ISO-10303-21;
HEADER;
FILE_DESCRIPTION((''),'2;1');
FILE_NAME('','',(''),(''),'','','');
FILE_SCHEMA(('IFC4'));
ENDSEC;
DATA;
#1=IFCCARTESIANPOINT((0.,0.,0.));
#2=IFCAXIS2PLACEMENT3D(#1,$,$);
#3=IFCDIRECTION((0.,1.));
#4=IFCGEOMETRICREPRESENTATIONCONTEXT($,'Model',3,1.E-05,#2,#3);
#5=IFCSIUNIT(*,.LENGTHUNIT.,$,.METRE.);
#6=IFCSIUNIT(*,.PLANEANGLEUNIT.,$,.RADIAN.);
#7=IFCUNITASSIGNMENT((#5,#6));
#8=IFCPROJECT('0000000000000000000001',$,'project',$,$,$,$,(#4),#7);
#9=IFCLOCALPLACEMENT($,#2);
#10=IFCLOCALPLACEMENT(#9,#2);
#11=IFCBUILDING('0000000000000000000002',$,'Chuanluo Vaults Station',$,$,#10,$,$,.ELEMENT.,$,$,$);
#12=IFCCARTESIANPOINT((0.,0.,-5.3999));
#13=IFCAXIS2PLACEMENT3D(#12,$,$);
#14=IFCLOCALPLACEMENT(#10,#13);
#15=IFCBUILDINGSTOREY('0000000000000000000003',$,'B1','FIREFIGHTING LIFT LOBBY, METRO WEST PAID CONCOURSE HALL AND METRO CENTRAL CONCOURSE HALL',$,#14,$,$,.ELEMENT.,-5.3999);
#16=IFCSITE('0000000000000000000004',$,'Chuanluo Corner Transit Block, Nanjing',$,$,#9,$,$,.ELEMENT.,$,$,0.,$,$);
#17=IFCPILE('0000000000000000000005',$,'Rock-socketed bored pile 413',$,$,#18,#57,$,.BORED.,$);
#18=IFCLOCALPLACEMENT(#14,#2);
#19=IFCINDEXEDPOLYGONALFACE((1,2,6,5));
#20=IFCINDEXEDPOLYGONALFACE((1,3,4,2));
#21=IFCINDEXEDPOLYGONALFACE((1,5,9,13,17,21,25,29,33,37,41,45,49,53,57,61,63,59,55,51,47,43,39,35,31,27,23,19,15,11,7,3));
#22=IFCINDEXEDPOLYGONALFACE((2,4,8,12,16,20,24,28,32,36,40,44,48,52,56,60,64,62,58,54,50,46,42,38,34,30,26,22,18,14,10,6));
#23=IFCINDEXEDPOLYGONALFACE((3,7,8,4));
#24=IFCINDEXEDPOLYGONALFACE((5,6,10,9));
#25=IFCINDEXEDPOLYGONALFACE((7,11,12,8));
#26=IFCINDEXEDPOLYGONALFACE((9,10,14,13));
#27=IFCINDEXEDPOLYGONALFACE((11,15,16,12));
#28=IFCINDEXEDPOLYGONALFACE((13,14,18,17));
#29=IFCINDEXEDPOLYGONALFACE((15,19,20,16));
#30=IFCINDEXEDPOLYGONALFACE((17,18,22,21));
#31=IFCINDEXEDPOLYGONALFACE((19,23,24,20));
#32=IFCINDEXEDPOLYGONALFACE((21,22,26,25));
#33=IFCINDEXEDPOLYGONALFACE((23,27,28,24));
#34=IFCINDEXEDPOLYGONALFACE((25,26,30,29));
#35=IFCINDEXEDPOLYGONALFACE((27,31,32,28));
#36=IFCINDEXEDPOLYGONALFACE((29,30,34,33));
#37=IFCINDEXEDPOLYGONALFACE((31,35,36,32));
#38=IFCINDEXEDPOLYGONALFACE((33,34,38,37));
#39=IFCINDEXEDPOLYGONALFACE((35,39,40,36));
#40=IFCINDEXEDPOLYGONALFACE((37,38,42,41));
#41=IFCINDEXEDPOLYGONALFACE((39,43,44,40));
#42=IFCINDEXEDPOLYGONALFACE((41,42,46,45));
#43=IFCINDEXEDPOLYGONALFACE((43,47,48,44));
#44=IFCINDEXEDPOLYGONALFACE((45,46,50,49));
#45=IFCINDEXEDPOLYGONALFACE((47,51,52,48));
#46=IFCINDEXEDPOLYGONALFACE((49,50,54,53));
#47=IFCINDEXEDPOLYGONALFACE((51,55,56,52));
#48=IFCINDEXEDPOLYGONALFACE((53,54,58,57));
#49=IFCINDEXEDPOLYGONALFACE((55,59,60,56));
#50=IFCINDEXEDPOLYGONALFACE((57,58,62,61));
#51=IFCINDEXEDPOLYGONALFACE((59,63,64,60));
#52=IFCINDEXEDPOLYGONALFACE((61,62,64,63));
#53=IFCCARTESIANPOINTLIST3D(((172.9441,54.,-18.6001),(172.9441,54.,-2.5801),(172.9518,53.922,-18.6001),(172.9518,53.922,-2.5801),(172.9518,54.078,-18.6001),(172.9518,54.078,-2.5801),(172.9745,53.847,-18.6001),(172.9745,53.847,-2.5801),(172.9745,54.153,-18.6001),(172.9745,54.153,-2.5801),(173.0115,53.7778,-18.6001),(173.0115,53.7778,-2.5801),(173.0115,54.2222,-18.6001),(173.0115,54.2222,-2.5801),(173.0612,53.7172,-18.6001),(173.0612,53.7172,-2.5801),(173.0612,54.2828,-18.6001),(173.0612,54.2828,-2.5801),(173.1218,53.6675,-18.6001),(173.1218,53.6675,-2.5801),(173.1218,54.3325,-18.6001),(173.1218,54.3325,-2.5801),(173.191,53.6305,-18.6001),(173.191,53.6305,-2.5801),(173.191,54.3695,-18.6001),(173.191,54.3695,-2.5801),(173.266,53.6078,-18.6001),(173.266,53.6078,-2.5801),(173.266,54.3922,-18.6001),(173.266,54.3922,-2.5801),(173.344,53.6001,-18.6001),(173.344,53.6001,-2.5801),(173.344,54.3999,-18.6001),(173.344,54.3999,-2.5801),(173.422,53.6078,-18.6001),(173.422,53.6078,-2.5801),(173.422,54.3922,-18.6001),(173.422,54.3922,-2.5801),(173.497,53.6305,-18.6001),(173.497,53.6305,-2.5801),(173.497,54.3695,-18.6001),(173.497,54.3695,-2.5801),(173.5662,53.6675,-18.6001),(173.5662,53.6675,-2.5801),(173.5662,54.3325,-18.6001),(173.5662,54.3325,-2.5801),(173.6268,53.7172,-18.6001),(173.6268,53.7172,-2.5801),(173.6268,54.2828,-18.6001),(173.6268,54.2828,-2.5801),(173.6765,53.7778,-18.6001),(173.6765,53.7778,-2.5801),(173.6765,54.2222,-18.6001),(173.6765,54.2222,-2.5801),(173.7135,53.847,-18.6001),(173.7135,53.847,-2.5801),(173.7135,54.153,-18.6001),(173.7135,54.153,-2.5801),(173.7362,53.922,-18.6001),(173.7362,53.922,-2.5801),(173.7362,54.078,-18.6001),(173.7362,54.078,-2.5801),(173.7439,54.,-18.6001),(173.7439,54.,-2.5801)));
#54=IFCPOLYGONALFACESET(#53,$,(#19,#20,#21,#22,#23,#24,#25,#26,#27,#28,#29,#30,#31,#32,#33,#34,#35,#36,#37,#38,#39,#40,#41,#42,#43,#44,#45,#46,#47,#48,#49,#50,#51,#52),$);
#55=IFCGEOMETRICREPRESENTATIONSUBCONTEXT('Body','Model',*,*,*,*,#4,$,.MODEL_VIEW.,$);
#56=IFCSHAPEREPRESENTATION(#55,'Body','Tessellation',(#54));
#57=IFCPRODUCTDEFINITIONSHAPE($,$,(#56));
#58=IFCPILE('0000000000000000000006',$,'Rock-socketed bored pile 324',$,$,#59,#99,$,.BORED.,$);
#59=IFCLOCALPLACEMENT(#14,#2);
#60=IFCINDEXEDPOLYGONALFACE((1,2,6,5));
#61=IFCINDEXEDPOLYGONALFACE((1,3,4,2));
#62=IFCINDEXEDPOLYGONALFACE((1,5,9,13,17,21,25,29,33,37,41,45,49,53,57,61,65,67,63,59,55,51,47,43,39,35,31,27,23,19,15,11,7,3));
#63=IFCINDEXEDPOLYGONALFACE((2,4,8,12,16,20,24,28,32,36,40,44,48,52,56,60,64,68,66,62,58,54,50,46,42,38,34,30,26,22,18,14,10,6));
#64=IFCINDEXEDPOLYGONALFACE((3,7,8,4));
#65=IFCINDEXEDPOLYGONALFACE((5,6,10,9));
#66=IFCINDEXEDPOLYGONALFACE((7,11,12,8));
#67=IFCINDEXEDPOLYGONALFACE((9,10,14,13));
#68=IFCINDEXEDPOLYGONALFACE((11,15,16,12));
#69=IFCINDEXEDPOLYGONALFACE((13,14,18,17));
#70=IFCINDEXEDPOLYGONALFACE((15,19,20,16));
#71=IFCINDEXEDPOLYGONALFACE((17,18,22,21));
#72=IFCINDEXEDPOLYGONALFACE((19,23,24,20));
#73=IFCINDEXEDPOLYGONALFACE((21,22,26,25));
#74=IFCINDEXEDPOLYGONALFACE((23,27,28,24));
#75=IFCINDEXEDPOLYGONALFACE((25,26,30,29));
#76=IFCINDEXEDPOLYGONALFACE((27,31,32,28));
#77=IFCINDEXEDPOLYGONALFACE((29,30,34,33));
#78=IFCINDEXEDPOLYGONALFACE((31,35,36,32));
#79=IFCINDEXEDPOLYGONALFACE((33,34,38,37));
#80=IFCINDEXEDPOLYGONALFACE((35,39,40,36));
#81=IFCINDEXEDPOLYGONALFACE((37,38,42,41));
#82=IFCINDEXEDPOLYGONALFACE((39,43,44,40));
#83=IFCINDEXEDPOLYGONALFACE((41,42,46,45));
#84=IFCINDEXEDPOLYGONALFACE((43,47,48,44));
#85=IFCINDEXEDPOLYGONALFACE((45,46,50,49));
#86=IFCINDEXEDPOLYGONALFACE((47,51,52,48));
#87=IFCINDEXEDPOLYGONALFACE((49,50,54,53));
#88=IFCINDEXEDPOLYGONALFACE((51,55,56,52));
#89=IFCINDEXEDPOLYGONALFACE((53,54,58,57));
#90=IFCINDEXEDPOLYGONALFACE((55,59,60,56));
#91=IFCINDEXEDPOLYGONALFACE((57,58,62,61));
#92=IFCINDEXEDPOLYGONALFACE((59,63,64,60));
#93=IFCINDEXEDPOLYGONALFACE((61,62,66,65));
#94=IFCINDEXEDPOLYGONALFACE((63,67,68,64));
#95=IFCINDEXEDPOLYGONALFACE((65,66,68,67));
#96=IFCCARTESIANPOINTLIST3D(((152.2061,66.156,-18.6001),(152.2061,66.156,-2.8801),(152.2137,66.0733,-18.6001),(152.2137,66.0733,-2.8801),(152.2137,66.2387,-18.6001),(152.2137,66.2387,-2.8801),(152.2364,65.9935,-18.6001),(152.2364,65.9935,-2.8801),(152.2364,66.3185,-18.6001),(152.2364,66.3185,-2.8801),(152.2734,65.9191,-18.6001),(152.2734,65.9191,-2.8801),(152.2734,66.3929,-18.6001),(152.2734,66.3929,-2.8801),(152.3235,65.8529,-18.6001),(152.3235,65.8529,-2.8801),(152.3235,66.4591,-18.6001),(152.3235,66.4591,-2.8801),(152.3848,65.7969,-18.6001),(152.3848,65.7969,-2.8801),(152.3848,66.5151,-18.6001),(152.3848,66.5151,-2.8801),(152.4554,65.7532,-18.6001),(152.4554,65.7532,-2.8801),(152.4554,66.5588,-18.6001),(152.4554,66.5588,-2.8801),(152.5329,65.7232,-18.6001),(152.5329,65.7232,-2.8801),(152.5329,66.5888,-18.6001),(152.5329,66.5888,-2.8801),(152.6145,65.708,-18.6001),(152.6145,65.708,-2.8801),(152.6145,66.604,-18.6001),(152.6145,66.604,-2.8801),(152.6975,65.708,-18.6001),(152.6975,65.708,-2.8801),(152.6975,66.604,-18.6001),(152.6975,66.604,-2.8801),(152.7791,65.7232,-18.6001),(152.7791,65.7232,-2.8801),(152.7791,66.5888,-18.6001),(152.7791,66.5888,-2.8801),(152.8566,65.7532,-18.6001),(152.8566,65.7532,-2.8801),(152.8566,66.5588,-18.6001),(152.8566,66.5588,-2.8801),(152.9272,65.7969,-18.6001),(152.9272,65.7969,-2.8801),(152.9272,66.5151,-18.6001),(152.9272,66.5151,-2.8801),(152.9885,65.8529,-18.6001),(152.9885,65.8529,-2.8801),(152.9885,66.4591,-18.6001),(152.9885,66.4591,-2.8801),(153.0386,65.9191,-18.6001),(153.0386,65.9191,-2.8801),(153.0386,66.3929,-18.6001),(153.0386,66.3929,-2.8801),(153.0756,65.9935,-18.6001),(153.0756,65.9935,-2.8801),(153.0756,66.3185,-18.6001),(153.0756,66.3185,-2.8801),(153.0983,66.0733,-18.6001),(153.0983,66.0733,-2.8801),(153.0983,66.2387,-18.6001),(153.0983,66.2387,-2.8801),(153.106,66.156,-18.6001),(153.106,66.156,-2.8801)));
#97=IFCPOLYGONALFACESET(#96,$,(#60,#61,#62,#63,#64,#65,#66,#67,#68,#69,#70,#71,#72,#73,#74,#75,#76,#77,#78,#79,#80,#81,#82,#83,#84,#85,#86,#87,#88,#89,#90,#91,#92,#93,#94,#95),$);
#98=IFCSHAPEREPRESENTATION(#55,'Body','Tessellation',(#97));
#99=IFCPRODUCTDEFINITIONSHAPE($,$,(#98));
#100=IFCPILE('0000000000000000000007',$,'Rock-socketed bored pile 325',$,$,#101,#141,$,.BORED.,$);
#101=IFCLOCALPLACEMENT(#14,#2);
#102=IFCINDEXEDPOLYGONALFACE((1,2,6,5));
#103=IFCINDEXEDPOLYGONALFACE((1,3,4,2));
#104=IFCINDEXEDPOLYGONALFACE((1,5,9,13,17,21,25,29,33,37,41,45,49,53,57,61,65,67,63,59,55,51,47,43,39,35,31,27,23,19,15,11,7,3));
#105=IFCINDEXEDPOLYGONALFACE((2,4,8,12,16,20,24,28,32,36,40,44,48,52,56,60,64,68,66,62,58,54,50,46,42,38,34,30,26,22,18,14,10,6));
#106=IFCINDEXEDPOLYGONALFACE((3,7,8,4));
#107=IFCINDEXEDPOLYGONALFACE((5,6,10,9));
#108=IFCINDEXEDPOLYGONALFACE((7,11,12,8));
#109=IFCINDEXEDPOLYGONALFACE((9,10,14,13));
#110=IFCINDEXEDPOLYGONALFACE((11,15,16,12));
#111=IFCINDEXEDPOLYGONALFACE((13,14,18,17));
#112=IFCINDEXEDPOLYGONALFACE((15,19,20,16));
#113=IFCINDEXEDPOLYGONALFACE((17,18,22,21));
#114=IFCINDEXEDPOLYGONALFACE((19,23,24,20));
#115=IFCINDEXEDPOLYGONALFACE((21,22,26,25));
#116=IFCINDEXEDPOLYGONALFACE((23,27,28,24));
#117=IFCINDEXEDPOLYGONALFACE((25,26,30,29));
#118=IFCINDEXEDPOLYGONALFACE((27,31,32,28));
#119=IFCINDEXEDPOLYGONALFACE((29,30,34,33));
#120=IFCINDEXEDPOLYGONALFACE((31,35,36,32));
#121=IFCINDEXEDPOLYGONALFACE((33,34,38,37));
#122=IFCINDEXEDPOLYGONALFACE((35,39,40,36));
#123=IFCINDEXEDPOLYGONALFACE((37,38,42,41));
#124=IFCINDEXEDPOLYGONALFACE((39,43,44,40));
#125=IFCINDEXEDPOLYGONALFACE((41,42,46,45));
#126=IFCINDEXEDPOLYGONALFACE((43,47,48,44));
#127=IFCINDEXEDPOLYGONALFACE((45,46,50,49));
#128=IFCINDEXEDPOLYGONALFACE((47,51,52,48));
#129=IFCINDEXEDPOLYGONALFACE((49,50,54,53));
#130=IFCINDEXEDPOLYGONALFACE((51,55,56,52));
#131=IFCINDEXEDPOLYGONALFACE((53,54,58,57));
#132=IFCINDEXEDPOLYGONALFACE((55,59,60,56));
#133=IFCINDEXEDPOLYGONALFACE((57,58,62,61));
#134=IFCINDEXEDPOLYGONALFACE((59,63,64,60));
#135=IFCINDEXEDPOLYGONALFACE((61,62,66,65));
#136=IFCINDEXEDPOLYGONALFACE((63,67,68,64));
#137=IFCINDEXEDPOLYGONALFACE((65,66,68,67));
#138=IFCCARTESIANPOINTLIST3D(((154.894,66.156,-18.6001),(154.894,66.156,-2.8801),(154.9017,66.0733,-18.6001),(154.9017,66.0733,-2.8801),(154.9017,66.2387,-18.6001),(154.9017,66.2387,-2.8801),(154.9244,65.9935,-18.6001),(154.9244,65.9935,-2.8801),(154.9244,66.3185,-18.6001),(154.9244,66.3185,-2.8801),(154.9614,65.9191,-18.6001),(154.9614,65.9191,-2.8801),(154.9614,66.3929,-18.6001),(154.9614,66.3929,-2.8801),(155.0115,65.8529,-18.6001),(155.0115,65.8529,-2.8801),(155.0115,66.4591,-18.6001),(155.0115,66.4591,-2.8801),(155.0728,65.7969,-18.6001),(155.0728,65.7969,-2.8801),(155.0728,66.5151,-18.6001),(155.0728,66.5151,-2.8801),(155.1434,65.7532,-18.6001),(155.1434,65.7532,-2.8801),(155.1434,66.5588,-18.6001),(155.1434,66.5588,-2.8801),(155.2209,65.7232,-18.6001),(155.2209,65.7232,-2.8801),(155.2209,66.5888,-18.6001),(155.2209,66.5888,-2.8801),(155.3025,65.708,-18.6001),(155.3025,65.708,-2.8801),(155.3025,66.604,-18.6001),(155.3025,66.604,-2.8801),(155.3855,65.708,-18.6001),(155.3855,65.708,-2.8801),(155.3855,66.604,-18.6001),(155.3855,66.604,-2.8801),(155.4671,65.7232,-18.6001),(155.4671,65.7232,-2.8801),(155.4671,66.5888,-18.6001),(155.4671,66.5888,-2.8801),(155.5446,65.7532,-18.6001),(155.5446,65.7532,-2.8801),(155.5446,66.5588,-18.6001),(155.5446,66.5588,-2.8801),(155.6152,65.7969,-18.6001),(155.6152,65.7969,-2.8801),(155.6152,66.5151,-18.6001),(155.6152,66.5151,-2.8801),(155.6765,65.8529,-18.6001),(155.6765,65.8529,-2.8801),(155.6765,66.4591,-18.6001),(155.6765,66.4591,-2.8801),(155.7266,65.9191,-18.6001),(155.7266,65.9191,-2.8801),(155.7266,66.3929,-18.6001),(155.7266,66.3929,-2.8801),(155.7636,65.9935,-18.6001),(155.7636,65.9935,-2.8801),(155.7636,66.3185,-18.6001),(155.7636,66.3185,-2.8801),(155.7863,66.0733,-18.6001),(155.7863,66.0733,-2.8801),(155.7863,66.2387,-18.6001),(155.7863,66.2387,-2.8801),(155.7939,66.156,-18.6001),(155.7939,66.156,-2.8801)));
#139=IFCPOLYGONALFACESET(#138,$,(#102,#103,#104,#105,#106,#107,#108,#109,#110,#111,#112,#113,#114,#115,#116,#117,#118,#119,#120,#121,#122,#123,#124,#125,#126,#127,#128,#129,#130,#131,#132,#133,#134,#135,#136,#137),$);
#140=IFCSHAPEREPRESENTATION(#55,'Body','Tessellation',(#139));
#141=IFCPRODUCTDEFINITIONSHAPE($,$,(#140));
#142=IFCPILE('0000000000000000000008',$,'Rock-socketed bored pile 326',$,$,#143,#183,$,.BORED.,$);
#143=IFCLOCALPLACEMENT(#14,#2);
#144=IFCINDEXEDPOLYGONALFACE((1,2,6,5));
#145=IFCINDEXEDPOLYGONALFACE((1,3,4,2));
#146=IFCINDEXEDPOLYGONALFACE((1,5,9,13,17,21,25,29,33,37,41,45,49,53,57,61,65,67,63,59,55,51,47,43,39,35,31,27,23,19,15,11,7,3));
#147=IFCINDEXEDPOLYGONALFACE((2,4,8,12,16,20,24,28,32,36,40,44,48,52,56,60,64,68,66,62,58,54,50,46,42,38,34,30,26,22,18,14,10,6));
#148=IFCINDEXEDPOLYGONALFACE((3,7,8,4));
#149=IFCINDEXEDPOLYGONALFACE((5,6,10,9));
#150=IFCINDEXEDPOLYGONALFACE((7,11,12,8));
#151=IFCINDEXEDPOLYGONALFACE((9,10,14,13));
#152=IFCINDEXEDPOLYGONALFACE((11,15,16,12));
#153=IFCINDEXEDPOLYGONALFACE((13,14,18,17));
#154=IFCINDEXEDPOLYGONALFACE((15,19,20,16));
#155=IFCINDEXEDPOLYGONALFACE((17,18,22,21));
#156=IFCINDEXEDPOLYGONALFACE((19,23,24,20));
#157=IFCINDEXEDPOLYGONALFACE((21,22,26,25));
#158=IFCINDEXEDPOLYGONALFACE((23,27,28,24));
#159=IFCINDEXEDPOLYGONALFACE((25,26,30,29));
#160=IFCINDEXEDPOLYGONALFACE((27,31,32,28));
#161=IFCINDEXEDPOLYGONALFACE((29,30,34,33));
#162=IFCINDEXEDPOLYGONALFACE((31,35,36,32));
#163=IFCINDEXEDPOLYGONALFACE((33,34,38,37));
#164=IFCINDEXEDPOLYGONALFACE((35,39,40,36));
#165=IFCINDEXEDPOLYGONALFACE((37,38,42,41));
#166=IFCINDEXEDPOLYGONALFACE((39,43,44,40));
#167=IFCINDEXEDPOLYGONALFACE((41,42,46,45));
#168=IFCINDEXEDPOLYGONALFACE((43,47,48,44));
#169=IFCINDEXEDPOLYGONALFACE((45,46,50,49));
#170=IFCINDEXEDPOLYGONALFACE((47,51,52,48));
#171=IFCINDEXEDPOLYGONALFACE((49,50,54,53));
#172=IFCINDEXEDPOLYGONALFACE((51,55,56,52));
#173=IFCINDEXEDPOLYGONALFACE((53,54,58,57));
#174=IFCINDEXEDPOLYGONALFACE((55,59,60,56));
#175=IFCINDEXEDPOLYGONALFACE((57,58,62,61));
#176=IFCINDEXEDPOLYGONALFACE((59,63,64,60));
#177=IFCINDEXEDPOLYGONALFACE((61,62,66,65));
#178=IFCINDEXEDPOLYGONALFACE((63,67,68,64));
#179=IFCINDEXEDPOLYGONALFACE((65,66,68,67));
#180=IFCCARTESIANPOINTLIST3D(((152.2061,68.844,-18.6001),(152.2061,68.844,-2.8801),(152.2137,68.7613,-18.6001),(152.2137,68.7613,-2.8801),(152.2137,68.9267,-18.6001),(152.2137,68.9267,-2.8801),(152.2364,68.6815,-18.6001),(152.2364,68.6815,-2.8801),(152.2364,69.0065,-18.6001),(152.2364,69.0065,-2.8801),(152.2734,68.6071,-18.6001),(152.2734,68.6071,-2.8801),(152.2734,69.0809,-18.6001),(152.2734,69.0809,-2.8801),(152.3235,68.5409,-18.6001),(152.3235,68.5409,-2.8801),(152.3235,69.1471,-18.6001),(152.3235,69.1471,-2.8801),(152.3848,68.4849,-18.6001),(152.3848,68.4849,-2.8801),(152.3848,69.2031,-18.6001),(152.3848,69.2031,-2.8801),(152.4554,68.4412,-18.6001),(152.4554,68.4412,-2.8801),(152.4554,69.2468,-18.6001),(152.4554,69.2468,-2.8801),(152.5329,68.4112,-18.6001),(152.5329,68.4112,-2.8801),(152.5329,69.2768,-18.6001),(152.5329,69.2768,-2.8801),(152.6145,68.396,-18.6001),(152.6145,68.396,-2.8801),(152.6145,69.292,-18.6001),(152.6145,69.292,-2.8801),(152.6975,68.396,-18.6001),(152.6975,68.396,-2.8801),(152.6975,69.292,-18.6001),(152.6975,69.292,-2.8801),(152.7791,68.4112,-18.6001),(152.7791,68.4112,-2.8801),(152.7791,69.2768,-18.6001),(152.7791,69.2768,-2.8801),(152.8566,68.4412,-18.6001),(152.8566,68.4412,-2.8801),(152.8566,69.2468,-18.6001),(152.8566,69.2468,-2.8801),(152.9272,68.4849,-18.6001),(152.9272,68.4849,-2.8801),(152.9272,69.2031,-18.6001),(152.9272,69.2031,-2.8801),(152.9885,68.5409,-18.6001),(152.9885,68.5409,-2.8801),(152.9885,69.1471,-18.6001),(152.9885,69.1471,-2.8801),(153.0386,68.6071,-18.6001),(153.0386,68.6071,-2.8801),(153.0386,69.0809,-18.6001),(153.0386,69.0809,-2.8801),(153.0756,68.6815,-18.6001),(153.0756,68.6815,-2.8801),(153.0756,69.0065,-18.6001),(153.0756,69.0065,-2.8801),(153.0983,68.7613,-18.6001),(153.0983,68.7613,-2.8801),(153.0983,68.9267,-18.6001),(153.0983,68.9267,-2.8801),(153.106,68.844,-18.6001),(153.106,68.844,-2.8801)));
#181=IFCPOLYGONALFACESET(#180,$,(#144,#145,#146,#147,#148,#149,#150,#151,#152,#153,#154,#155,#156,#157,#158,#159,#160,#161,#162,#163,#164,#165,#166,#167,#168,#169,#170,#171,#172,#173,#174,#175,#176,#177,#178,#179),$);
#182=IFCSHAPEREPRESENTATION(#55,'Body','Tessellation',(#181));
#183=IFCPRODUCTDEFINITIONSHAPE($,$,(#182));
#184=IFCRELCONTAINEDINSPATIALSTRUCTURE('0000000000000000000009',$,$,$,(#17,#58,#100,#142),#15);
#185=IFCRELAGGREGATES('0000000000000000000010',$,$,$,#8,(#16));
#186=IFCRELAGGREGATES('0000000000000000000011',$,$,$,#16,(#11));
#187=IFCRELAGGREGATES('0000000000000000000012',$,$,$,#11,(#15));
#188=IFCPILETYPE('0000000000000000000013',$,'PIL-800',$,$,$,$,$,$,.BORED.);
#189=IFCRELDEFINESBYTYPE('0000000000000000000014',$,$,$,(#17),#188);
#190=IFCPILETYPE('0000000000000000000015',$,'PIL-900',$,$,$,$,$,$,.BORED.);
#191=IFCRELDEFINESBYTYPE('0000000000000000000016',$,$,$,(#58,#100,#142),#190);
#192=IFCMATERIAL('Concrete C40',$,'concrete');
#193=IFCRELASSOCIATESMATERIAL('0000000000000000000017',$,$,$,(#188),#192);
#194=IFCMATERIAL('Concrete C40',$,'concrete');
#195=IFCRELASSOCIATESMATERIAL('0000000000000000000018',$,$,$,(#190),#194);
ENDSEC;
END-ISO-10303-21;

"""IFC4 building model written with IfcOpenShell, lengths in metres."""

from ifc_helpers import new_model, si_unit, direction, frame, origin, origin_2d, place, context, subcontext, project, spatial, circle, extrude, material, material_profile, profile_set, type_object, element, save


model = new_model("IFC4")

# Units and contexts
model_context = context("Model", 3, precision=1e-05, world=origin(), true_north=direction((0.0, 1.0)))
body_context = subcontext(model_context, "Body", "Model", "MODEL_VIEW")
ifc_project = project(units=[si_unit("LENGTHUNIT", "METRE"), si_unit("PLANEANGLEUNIT", "RADIAN")], contexts=[model_context])

# Site, building, storey
site_placement = place(None, origin())
site = spatial("IfcSite", under=ifc_project, at=site_placement, Name="Chuanluo Corner Transit Block, Nanjing", CompositionType="ELEMENT", RefElevation=0.0)
building_placement = place(site_placement, origin())
building = spatial("IfcBuilding", under=site, at=building_placement, Name="Chuanluo Vaults Station", CompositionType="ELEMENT")
storey_placement = place(building_placement, frame((0.0, 0.0, -5.3999)))
storey = spatial("IfcBuildingStorey", under=building, at=storey_placement, Name="B1", Description="FIREFIGHTING LIFT LOBBY, METRO WEST PAID CONCOURSE HALL AND METRO CENTRAL CONCOURSE HALL", CompositionType="ELEMENT", Elevation=-5.3999)

# Piles
ifc_material_1 = material(Name="Concrete C40", Category="concrete")
ifc_material_profile_1 = material_profile(ifc_material_1, circle(Radius=0.3999, at=origin_2d()))
ifc_profile_set_1 = profile_set([ifc_material_profile_1], Name="Concrete C40")
pile_type_1 = type_object("IfcPileType", Name="PIL-800", PredefinedType="BORED", material=ifc_profile_set_1)
for number, where, z_axis, x_axis, name in (
    (1, (173.344, 54.0, -2.5801), (0.0, 0.0, -1.0), (1.0, 0.0, 0.0), "Rock-socketed bored pile 413"),
):
    element("IfcPile", number, at=place(storey_placement, frame(where, z_axis=z_axis, x_axis=x_axis)), inside=storey, type_object=pile_type_1, Name=name, PredefinedType="BORED", context=body_context, shape_type="SweptSolid", body=[
        extrude(circle(Radius=0.3999, at=origin_2d()), origin(), (0.0, 0.0, 1.0), 16.02),
    ])
ifc_material_2 = material(Name="Concrete C40", Category="concrete")
ifc_material_profile_2 = material_profile(ifc_material_2, circle(Radius=0.45, at=origin_2d()))
ifc_profile_set_2 = profile_set([ifc_material_profile_2], Name="Concrete C40")
pile_type_2 = type_object("IfcPileType", Name="PIL-900", PredefinedType="BORED", material=ifc_profile_set_2)
for number, where, z_axis, x_axis, name in (
    (2, (152.656, 66.156, -2.8801), (0.0, 0.0, -1.0), (1.0, 0.0, 0.0), "Rock-socketed bored pile 324"),
    (3, (155.344, 66.156, -2.8801), (0.0, 0.0, -1.0), (1.0, 0.0, 0.0), "Rock-socketed bored pile 325"),
    (4, (152.656, 68.844, -2.8801), (0.0, 0.0, -1.0), (1.0, 0.0, 0.0), "Rock-socketed bored pile 326"),
):
    element("IfcPile", number, at=place(storey_placement, frame(where, z_axis=z_axis, x_axis=x_axis)), inside=storey, type_object=pile_type_2, Name=name, PredefinedType="BORED", context=body_context, shape_type="SweptSolid", body=[
        extrude(circle(Radius=0.45, at=origin_2d()), origin(), (0.0, 0.0, 1.0), 15.72),
    ])

save(model, "model.ifc")
